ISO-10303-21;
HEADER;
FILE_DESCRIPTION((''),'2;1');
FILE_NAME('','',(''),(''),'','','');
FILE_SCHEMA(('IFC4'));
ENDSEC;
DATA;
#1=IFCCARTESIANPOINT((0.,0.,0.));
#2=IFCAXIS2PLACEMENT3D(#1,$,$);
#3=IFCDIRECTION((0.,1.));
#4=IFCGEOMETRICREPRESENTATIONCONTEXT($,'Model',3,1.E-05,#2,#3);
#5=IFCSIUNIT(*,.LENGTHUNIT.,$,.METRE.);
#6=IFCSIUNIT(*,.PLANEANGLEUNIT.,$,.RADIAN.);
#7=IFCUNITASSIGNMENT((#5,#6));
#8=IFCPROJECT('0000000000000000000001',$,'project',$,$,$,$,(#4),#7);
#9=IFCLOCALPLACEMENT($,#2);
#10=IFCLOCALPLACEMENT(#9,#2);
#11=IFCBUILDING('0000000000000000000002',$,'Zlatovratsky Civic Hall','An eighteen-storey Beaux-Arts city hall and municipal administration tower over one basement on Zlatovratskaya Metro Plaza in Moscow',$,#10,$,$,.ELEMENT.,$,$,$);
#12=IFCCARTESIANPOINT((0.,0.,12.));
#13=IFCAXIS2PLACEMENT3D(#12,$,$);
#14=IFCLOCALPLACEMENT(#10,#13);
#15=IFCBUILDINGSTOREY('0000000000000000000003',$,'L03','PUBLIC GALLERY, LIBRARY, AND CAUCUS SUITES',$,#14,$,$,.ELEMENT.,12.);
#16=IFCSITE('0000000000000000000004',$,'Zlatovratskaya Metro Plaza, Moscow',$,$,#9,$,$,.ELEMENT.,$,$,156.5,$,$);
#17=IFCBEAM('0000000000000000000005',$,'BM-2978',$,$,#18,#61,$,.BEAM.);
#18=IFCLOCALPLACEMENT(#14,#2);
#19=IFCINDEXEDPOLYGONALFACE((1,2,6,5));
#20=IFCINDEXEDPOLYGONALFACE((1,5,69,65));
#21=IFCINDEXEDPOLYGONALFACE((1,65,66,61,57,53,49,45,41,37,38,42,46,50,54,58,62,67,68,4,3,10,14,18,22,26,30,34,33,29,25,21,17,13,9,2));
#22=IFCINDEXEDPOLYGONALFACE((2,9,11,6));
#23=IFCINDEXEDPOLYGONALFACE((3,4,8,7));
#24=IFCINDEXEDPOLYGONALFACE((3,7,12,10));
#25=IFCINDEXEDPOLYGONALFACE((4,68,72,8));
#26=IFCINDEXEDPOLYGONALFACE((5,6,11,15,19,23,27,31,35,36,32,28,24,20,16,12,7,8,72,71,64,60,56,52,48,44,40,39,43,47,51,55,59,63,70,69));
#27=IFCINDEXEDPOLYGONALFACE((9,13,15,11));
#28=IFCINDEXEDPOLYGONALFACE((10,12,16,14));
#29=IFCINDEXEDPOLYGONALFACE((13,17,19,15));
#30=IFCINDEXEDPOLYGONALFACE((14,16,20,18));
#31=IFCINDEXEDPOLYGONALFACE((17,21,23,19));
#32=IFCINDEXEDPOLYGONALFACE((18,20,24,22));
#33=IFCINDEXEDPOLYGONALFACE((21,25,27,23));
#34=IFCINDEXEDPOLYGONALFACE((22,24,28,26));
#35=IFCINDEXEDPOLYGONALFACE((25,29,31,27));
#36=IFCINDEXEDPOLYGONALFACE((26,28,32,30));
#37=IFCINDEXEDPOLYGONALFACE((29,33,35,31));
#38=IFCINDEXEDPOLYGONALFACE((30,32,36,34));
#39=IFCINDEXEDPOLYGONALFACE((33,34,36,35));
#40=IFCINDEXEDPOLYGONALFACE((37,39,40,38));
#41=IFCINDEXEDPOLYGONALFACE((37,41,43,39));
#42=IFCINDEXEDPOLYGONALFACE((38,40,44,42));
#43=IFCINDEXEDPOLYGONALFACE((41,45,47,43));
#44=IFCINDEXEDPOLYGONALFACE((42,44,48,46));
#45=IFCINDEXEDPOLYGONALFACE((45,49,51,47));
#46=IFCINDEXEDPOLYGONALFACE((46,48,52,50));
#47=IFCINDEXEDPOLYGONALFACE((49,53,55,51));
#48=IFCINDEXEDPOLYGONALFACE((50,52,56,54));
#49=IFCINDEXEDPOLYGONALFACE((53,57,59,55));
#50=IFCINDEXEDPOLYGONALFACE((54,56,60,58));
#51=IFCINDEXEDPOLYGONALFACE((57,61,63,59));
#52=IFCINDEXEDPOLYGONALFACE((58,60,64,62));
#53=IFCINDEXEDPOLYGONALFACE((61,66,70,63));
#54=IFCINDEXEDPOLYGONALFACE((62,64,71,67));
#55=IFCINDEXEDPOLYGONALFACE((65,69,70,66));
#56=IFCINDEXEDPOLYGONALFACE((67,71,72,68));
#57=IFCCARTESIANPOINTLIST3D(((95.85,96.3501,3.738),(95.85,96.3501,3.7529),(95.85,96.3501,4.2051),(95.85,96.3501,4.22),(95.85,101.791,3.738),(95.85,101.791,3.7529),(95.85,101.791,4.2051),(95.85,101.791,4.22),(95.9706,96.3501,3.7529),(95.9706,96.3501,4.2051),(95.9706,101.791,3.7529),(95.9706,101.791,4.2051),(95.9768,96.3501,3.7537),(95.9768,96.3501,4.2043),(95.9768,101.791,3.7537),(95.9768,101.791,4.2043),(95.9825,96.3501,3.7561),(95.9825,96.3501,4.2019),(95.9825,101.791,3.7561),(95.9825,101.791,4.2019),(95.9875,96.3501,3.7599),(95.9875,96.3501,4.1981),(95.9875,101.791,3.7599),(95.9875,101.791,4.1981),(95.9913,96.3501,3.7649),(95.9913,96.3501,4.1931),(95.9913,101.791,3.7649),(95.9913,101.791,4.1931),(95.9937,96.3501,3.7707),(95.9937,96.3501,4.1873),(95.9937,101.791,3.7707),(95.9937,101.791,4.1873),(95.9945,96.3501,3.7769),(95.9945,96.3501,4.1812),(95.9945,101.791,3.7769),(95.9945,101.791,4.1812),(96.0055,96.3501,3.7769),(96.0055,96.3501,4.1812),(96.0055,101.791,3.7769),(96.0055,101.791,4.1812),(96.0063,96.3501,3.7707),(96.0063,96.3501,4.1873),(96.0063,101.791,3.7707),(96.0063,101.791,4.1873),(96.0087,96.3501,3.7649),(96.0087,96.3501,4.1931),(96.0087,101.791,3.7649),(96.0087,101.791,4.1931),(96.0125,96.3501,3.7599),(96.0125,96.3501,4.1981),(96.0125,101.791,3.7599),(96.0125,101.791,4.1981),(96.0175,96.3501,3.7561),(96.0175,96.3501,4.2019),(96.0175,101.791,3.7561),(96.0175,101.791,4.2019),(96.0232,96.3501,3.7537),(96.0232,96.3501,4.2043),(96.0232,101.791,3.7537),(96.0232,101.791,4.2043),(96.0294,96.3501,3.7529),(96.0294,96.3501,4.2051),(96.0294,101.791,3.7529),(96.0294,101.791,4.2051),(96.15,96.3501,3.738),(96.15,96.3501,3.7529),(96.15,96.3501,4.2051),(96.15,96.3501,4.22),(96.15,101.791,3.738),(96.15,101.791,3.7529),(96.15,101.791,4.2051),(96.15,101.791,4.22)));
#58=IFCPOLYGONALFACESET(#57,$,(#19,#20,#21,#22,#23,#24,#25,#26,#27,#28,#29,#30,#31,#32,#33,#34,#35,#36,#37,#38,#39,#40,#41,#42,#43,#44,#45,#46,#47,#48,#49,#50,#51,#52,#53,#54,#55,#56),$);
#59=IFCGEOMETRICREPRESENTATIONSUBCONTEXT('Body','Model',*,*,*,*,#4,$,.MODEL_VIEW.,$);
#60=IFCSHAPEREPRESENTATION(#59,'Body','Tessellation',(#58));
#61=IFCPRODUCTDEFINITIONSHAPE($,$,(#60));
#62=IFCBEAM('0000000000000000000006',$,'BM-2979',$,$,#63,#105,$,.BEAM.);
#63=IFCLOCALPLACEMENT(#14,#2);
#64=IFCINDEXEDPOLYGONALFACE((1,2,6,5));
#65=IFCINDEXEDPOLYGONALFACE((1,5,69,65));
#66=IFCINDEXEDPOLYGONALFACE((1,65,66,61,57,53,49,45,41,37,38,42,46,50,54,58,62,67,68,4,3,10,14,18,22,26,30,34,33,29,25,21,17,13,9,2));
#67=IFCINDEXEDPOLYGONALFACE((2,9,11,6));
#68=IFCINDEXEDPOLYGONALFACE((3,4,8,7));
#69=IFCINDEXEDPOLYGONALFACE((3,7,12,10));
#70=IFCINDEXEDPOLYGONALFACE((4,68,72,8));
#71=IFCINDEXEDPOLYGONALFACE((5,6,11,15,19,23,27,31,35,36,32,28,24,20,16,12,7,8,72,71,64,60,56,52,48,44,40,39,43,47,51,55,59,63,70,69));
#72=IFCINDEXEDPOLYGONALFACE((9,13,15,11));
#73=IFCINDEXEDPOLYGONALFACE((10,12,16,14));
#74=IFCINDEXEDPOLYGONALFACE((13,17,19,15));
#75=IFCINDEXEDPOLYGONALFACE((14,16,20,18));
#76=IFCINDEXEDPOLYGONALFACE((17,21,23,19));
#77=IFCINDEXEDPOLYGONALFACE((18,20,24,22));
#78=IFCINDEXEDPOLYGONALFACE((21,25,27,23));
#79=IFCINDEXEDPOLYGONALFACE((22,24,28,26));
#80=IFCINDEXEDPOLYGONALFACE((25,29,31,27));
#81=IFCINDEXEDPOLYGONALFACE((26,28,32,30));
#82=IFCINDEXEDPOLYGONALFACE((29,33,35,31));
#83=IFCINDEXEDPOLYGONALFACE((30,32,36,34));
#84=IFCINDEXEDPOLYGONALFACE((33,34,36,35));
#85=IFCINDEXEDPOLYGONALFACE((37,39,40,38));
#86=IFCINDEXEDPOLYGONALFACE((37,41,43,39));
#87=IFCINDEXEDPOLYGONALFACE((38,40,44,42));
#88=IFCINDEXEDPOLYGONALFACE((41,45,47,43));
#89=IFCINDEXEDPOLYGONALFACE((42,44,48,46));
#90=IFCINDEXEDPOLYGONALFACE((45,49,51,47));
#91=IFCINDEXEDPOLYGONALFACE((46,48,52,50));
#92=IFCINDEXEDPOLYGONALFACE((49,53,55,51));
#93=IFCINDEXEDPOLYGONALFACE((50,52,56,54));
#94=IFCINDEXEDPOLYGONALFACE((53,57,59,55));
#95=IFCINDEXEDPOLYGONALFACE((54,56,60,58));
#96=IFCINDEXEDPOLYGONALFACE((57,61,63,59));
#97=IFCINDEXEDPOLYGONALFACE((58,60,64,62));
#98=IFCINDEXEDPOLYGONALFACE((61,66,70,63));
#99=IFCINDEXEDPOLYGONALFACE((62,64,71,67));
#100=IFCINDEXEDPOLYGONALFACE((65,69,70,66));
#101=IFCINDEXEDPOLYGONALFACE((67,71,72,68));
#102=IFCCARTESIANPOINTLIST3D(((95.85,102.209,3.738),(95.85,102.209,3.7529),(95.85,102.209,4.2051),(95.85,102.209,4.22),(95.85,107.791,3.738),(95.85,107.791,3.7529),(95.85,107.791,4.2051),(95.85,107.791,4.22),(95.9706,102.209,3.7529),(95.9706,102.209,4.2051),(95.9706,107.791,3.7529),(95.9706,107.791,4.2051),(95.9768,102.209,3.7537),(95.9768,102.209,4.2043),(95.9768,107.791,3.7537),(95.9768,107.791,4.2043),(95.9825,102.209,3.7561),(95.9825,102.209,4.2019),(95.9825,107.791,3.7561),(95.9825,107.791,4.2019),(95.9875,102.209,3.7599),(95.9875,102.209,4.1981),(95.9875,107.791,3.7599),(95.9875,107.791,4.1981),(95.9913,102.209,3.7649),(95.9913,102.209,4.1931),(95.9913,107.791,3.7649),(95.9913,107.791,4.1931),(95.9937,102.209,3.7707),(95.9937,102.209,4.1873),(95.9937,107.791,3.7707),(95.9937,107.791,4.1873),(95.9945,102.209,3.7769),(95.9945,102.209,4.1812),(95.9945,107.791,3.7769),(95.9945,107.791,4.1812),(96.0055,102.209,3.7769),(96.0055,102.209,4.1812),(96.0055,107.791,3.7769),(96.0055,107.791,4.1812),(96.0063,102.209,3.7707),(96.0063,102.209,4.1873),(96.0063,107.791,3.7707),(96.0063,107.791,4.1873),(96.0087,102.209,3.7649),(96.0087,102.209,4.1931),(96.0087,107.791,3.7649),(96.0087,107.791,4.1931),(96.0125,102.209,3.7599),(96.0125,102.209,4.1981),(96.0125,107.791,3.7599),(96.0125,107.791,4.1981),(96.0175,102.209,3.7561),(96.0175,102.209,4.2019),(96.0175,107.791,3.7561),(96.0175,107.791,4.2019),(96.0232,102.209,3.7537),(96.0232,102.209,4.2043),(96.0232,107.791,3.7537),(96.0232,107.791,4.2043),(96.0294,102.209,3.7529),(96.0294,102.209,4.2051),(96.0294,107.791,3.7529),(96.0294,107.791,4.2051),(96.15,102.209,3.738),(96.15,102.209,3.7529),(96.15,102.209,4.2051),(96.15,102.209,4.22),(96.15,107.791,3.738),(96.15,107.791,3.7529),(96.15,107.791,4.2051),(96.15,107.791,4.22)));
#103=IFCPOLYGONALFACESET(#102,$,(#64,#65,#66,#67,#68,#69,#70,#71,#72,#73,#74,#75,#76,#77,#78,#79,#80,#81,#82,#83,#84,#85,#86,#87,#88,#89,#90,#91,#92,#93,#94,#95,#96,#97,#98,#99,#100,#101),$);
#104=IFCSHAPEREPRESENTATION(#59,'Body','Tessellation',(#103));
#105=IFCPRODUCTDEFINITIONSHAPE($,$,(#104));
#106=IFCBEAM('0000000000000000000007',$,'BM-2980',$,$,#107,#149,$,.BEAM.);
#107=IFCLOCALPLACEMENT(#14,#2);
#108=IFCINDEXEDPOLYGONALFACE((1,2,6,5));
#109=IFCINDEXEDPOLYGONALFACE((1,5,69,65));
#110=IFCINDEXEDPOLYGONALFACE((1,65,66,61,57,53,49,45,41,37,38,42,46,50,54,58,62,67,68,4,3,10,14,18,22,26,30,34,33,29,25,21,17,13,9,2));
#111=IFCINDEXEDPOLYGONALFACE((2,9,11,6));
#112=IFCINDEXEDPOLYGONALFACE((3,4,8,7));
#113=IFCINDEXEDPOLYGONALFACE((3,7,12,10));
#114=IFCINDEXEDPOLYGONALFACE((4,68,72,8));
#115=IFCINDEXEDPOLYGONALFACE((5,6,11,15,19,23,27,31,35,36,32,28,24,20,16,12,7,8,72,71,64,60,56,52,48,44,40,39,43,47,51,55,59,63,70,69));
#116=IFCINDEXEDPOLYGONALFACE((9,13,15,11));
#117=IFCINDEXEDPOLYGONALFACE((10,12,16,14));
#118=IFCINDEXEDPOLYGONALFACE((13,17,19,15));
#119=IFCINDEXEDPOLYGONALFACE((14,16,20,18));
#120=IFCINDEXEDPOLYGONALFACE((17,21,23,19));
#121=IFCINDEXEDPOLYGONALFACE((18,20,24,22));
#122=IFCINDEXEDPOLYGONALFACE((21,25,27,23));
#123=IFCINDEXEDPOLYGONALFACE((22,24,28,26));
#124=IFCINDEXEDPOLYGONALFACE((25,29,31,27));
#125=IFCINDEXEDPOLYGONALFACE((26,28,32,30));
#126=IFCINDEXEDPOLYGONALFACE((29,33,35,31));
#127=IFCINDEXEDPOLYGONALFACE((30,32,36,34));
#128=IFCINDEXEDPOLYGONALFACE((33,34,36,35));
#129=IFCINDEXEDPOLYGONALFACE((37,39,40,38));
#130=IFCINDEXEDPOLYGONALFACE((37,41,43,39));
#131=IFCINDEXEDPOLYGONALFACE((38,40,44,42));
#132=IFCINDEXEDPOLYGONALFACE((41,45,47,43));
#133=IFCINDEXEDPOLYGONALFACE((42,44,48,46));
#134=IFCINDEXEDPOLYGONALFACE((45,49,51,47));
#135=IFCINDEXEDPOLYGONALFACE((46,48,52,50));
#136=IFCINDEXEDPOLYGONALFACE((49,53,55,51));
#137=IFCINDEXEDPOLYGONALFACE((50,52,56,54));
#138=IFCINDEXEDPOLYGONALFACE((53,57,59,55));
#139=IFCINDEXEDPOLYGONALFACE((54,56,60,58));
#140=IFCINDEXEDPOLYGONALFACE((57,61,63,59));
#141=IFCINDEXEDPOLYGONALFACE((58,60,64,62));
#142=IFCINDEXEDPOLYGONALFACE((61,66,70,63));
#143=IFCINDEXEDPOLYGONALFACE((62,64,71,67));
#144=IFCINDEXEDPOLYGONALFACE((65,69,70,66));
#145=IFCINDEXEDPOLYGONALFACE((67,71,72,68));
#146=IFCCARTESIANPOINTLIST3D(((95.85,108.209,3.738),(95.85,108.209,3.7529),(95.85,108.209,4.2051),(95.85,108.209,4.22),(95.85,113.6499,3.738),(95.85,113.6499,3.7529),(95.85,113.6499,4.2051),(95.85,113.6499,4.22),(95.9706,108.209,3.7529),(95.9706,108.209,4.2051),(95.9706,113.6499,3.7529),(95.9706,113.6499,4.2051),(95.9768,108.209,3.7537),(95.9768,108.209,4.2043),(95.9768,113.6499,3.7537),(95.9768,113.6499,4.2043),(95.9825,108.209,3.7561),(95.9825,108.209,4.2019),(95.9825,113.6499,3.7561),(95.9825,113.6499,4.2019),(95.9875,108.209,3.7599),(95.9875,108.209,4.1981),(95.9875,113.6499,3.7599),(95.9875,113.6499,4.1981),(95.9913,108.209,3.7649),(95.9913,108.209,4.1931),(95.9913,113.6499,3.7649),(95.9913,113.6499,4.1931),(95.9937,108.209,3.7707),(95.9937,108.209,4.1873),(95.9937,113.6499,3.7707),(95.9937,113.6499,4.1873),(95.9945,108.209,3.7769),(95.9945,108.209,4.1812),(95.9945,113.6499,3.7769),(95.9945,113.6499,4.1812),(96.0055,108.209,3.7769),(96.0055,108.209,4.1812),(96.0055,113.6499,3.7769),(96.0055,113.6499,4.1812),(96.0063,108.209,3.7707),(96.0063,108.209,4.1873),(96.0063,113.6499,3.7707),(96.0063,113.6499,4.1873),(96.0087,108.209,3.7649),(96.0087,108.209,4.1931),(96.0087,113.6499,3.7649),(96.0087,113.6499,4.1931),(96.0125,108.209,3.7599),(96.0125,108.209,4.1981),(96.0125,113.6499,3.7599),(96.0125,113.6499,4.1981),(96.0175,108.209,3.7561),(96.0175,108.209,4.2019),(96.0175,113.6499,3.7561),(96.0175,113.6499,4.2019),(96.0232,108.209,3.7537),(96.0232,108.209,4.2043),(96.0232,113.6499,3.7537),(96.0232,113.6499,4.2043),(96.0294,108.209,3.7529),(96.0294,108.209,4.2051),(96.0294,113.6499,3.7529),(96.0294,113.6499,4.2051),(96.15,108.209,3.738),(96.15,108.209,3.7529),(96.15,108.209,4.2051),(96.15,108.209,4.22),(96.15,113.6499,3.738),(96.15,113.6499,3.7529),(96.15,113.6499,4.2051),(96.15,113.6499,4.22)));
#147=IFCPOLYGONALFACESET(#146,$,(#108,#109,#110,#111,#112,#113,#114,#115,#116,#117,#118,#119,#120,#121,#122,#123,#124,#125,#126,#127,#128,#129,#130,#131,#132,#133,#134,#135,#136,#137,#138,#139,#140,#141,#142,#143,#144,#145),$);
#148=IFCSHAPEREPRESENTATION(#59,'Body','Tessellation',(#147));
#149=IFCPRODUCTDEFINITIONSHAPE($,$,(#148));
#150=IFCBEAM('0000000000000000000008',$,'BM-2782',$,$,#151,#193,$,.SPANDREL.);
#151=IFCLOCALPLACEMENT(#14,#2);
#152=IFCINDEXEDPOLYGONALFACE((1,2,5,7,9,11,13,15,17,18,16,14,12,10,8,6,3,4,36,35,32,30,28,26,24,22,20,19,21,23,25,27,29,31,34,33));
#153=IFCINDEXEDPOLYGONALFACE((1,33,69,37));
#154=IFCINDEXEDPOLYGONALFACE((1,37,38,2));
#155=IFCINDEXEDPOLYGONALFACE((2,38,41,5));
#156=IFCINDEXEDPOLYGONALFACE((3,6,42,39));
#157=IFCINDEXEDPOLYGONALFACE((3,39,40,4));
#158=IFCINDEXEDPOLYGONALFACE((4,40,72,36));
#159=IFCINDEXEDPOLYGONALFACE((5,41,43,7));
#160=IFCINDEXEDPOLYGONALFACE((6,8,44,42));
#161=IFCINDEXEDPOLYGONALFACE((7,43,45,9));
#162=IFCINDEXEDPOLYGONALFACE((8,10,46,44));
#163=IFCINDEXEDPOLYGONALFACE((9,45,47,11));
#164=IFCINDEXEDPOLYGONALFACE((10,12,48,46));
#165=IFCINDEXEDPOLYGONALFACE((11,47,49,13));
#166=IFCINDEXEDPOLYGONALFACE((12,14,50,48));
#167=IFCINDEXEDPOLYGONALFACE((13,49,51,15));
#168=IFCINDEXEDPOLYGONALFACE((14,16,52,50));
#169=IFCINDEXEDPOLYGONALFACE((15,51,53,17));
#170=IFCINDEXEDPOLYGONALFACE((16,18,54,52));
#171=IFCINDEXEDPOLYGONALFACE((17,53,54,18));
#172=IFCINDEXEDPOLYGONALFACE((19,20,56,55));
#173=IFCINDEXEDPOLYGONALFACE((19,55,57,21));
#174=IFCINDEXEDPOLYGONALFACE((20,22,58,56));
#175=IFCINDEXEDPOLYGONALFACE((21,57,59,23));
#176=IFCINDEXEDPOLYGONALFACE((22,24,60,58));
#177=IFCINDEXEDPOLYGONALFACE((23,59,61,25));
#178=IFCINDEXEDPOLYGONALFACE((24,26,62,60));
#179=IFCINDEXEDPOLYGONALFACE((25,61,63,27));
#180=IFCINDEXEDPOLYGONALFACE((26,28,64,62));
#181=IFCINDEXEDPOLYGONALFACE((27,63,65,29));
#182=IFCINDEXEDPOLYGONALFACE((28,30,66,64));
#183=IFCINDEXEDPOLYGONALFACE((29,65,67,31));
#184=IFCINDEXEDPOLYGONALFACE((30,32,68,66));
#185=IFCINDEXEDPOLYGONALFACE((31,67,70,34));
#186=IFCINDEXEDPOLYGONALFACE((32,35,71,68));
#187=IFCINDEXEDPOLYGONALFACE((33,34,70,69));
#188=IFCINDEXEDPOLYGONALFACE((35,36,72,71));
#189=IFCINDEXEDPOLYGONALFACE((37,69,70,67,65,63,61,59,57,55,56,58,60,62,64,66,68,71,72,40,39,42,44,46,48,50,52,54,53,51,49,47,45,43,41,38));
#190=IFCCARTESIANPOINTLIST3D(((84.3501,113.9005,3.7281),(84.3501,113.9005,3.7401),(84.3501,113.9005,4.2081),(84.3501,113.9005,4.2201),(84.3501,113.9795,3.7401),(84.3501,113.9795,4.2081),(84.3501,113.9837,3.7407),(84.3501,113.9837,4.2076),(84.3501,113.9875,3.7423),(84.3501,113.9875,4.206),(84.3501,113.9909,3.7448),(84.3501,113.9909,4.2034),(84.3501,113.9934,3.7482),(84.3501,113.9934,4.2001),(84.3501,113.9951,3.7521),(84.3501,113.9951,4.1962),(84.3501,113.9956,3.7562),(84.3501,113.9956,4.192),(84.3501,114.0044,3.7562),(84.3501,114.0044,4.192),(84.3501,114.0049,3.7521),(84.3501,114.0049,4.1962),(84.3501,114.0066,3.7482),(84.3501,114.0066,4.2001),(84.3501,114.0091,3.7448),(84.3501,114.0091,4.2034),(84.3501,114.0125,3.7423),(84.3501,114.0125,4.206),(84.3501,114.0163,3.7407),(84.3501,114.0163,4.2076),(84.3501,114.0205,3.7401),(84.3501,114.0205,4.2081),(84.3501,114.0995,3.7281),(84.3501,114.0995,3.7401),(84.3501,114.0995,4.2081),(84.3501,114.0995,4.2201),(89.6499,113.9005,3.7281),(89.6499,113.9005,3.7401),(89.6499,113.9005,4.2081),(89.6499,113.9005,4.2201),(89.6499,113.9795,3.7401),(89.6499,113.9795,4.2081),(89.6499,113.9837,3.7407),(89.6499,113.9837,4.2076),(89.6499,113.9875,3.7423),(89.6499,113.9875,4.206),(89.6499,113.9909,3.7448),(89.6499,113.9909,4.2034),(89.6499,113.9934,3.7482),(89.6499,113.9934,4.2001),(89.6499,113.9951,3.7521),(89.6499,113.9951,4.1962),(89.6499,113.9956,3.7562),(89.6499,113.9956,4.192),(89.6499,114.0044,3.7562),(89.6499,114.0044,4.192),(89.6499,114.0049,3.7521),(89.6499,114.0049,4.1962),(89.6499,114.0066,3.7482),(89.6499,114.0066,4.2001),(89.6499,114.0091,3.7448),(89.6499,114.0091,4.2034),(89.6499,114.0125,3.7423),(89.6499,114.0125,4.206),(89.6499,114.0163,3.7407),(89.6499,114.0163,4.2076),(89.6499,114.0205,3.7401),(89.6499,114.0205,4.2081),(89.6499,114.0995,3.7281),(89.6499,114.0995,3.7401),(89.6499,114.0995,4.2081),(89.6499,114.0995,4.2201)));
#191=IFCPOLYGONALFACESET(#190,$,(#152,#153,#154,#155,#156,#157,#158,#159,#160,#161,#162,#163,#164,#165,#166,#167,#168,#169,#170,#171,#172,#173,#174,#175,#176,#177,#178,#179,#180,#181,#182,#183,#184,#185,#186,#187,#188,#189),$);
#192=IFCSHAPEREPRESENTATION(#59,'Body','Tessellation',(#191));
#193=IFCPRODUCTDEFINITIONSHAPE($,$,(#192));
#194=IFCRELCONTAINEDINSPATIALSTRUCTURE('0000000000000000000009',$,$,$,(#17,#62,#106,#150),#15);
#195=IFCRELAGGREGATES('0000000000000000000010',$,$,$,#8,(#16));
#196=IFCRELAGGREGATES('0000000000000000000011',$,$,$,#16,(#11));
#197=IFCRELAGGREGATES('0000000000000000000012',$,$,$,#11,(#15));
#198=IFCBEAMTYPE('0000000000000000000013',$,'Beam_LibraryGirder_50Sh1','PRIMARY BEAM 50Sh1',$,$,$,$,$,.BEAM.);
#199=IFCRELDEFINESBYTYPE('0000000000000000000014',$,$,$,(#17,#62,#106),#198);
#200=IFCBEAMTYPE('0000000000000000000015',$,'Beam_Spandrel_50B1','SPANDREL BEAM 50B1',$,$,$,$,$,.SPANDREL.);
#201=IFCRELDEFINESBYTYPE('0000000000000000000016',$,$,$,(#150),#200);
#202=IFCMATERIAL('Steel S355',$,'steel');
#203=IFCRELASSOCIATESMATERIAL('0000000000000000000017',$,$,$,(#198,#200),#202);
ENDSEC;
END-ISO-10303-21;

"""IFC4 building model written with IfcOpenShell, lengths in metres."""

from ifc_helpers import new_model, si_unit, direction, frame, origin, origin_2d, place, context, subcontext, project, spatial, i_section, extrude, material, material_profile, profile_set, type_object, element, save


model = new_model("IFC4")

# Units and contexts
model_context = context("Model", 3, precision=1e-05, world=origin(), true_north=direction((0.0, 1.0)))
body_context = subcontext(model_context, "Body", "Model", "MODEL_VIEW")
ifc_project = project(units=[si_unit("LENGTHUNIT", "METRE"), si_unit("PLANEANGLEUNIT", "RADIAN")], contexts=[model_context])

# Site, building, storey
site_placement = place(None, origin())
site = spatial("IfcSite", under=ifc_project, at=site_placement, Name="Zlatovratskaya Metro Plaza, Moscow", CompositionType="ELEMENT", RefElevation=156.5)
building_placement = place(site_placement, origin())
building = spatial("IfcBuilding", under=site, at=building_placement, Name="Zlatovratsky Civic Hall", Description="An eighteen-storey Beaux-Arts city hall and municipal administration tower over one basement on Zlatovratskaya Metro Plaza in Moscow", CompositionType="ELEMENT")
storey_placement = place(building_placement, frame((0.0, 0.0, 12.0)))
storey = spatial("IfcBuildingStorey", under=building, at=storey_placement, Name="L03", Description="PUBLIC GALLERY, LIBRARY, AND CAUCUS SUITES", CompositionType="ELEMENT", Elevation=12.0)

# Shared definitions
ifc_material_1 = material(Name="Steel S355", Category="steel")

# Beams
ifc_material_profile_1 = material_profile(ifc_material_1, i_section(OverallWidth=0.3, OverallDepth=0.4819, WebThickness=0.011, FlangeThickness=0.0149, FilletRadius=0.0239, at=origin_2d()), Name="50Sh1")
ifc_profile_set_1 = profile_set([ifc_material_profile_1], Name="Steel S355")
beam_type_1 = type_object("IfcBeamType", Name="Beam_LibraryGirder_50Sh1", Description="PRIMARY BEAM 50Sh1", PredefinedType="BEAM", material=ifc_profile_set_1)
for number, where, z_axis, x_axis, name in (
    (1, (96.0, 96.3501, 3.979), (0.0, 1.0, 0.0), (-1.0, 0.0, 0.0), "BM-2978"),
):
    element("IfcBeam", number, at=place(storey_placement, frame(where, z_axis=z_axis, x_axis=x_axis)), inside=storey, type_object=beam_type_1, Name=name, PredefinedType="BEAM", context=body_context, shape_type="SweptSolid", body=[
        extrude(i_section(OverallWidth=0.3, OverallDepth=0.4819, WebThickness=0.011, FlangeThickness=0.0149, FilletRadius=0.0239, at=origin_2d()), origin(), (0.0, 0.0, 1.0), 5.4409),
    ])
beam_1_placement = place(storey_placement, frame((96.0, 102.209, 3.979), z_axis=(0.0, 1.0, 0.0), x_axis=(-1.0, 0.0, 0.0)))
element("IfcBeam", 2, at=beam_1_placement, inside=storey, type_object=beam_type_1, Name="BM-2979", PredefinedType="BEAM", context=body_context, shape_type="SweptSolid", body=[
    extrude(i_section(OverallWidth=0.3, OverallDepth=0.4819, WebThickness=0.011, FlangeThickness=0.0149, FilletRadius=0.0239, at=origin_2d()), origin(), (0.0, 0.0, 1.0), 5.582),
])
beam_2_placement = place(storey_placement, frame((96.0, 108.209, 3.979), z_axis=(0.0, 1.0, 0.0), x_axis=(-1.0, 0.0, 0.0)))
element("IfcBeam", 3, at=beam_2_placement, inside=storey, type_object=beam_type_1, Name="BM-2980", PredefinedType="BEAM", context=body_context, shape_type="SweptSolid", body=[
    extrude(i_section(OverallWidth=0.3, OverallDepth=0.4819, WebThickness=0.011, FlangeThickness=0.0149, FilletRadius=0.0239, at=origin_2d()), origin(), (0.0, 0.0, 1.0), 5.4409),
])
ifc_material_profile_2 = material_profile(ifc_material_1, i_section(OverallWidth=0.199, OverallDepth=0.4919, WebThickness=0.0088, FlangeThickness=0.012, FilletRadius=0.0161, at=origin_2d()), Name="50B1")
ifc_profile_set_2 = profile_set([ifc_material_profile_2], Name="Steel S355")
beam_type_2 = type_object("IfcBeamType", Name="Beam_Spandrel_50B1", Description="SPANDREL BEAM 50B1", PredefinedType="SPANDREL", material=ifc_profile_set_2)
for number, where, z_axis, x_axis, name in (
    (4, (84.3501, 114.0, 3.9741), (1.0, 0.0, 0.0), (0.0, 1.0, 0.0), "BM-2782"),
):
    element("IfcBeam", number, at=place(storey_placement, frame(where, z_axis=z_axis, x_axis=x_axis)), inside=storey, type_object=beam_type_2, Name=name, PredefinedType="SPANDREL", context=body_context, shape_type="SweptSolid", body=[
        extrude(i_section(OverallWidth=0.199, OverallDepth=0.4919, WebThickness=0.0088, FlangeThickness=0.012, FilletRadius=0.0161, at=origin_2d()), origin(), (0.0, 0.0, 1.0), 5.2998),
    ])

save(model, "model.ifc")
